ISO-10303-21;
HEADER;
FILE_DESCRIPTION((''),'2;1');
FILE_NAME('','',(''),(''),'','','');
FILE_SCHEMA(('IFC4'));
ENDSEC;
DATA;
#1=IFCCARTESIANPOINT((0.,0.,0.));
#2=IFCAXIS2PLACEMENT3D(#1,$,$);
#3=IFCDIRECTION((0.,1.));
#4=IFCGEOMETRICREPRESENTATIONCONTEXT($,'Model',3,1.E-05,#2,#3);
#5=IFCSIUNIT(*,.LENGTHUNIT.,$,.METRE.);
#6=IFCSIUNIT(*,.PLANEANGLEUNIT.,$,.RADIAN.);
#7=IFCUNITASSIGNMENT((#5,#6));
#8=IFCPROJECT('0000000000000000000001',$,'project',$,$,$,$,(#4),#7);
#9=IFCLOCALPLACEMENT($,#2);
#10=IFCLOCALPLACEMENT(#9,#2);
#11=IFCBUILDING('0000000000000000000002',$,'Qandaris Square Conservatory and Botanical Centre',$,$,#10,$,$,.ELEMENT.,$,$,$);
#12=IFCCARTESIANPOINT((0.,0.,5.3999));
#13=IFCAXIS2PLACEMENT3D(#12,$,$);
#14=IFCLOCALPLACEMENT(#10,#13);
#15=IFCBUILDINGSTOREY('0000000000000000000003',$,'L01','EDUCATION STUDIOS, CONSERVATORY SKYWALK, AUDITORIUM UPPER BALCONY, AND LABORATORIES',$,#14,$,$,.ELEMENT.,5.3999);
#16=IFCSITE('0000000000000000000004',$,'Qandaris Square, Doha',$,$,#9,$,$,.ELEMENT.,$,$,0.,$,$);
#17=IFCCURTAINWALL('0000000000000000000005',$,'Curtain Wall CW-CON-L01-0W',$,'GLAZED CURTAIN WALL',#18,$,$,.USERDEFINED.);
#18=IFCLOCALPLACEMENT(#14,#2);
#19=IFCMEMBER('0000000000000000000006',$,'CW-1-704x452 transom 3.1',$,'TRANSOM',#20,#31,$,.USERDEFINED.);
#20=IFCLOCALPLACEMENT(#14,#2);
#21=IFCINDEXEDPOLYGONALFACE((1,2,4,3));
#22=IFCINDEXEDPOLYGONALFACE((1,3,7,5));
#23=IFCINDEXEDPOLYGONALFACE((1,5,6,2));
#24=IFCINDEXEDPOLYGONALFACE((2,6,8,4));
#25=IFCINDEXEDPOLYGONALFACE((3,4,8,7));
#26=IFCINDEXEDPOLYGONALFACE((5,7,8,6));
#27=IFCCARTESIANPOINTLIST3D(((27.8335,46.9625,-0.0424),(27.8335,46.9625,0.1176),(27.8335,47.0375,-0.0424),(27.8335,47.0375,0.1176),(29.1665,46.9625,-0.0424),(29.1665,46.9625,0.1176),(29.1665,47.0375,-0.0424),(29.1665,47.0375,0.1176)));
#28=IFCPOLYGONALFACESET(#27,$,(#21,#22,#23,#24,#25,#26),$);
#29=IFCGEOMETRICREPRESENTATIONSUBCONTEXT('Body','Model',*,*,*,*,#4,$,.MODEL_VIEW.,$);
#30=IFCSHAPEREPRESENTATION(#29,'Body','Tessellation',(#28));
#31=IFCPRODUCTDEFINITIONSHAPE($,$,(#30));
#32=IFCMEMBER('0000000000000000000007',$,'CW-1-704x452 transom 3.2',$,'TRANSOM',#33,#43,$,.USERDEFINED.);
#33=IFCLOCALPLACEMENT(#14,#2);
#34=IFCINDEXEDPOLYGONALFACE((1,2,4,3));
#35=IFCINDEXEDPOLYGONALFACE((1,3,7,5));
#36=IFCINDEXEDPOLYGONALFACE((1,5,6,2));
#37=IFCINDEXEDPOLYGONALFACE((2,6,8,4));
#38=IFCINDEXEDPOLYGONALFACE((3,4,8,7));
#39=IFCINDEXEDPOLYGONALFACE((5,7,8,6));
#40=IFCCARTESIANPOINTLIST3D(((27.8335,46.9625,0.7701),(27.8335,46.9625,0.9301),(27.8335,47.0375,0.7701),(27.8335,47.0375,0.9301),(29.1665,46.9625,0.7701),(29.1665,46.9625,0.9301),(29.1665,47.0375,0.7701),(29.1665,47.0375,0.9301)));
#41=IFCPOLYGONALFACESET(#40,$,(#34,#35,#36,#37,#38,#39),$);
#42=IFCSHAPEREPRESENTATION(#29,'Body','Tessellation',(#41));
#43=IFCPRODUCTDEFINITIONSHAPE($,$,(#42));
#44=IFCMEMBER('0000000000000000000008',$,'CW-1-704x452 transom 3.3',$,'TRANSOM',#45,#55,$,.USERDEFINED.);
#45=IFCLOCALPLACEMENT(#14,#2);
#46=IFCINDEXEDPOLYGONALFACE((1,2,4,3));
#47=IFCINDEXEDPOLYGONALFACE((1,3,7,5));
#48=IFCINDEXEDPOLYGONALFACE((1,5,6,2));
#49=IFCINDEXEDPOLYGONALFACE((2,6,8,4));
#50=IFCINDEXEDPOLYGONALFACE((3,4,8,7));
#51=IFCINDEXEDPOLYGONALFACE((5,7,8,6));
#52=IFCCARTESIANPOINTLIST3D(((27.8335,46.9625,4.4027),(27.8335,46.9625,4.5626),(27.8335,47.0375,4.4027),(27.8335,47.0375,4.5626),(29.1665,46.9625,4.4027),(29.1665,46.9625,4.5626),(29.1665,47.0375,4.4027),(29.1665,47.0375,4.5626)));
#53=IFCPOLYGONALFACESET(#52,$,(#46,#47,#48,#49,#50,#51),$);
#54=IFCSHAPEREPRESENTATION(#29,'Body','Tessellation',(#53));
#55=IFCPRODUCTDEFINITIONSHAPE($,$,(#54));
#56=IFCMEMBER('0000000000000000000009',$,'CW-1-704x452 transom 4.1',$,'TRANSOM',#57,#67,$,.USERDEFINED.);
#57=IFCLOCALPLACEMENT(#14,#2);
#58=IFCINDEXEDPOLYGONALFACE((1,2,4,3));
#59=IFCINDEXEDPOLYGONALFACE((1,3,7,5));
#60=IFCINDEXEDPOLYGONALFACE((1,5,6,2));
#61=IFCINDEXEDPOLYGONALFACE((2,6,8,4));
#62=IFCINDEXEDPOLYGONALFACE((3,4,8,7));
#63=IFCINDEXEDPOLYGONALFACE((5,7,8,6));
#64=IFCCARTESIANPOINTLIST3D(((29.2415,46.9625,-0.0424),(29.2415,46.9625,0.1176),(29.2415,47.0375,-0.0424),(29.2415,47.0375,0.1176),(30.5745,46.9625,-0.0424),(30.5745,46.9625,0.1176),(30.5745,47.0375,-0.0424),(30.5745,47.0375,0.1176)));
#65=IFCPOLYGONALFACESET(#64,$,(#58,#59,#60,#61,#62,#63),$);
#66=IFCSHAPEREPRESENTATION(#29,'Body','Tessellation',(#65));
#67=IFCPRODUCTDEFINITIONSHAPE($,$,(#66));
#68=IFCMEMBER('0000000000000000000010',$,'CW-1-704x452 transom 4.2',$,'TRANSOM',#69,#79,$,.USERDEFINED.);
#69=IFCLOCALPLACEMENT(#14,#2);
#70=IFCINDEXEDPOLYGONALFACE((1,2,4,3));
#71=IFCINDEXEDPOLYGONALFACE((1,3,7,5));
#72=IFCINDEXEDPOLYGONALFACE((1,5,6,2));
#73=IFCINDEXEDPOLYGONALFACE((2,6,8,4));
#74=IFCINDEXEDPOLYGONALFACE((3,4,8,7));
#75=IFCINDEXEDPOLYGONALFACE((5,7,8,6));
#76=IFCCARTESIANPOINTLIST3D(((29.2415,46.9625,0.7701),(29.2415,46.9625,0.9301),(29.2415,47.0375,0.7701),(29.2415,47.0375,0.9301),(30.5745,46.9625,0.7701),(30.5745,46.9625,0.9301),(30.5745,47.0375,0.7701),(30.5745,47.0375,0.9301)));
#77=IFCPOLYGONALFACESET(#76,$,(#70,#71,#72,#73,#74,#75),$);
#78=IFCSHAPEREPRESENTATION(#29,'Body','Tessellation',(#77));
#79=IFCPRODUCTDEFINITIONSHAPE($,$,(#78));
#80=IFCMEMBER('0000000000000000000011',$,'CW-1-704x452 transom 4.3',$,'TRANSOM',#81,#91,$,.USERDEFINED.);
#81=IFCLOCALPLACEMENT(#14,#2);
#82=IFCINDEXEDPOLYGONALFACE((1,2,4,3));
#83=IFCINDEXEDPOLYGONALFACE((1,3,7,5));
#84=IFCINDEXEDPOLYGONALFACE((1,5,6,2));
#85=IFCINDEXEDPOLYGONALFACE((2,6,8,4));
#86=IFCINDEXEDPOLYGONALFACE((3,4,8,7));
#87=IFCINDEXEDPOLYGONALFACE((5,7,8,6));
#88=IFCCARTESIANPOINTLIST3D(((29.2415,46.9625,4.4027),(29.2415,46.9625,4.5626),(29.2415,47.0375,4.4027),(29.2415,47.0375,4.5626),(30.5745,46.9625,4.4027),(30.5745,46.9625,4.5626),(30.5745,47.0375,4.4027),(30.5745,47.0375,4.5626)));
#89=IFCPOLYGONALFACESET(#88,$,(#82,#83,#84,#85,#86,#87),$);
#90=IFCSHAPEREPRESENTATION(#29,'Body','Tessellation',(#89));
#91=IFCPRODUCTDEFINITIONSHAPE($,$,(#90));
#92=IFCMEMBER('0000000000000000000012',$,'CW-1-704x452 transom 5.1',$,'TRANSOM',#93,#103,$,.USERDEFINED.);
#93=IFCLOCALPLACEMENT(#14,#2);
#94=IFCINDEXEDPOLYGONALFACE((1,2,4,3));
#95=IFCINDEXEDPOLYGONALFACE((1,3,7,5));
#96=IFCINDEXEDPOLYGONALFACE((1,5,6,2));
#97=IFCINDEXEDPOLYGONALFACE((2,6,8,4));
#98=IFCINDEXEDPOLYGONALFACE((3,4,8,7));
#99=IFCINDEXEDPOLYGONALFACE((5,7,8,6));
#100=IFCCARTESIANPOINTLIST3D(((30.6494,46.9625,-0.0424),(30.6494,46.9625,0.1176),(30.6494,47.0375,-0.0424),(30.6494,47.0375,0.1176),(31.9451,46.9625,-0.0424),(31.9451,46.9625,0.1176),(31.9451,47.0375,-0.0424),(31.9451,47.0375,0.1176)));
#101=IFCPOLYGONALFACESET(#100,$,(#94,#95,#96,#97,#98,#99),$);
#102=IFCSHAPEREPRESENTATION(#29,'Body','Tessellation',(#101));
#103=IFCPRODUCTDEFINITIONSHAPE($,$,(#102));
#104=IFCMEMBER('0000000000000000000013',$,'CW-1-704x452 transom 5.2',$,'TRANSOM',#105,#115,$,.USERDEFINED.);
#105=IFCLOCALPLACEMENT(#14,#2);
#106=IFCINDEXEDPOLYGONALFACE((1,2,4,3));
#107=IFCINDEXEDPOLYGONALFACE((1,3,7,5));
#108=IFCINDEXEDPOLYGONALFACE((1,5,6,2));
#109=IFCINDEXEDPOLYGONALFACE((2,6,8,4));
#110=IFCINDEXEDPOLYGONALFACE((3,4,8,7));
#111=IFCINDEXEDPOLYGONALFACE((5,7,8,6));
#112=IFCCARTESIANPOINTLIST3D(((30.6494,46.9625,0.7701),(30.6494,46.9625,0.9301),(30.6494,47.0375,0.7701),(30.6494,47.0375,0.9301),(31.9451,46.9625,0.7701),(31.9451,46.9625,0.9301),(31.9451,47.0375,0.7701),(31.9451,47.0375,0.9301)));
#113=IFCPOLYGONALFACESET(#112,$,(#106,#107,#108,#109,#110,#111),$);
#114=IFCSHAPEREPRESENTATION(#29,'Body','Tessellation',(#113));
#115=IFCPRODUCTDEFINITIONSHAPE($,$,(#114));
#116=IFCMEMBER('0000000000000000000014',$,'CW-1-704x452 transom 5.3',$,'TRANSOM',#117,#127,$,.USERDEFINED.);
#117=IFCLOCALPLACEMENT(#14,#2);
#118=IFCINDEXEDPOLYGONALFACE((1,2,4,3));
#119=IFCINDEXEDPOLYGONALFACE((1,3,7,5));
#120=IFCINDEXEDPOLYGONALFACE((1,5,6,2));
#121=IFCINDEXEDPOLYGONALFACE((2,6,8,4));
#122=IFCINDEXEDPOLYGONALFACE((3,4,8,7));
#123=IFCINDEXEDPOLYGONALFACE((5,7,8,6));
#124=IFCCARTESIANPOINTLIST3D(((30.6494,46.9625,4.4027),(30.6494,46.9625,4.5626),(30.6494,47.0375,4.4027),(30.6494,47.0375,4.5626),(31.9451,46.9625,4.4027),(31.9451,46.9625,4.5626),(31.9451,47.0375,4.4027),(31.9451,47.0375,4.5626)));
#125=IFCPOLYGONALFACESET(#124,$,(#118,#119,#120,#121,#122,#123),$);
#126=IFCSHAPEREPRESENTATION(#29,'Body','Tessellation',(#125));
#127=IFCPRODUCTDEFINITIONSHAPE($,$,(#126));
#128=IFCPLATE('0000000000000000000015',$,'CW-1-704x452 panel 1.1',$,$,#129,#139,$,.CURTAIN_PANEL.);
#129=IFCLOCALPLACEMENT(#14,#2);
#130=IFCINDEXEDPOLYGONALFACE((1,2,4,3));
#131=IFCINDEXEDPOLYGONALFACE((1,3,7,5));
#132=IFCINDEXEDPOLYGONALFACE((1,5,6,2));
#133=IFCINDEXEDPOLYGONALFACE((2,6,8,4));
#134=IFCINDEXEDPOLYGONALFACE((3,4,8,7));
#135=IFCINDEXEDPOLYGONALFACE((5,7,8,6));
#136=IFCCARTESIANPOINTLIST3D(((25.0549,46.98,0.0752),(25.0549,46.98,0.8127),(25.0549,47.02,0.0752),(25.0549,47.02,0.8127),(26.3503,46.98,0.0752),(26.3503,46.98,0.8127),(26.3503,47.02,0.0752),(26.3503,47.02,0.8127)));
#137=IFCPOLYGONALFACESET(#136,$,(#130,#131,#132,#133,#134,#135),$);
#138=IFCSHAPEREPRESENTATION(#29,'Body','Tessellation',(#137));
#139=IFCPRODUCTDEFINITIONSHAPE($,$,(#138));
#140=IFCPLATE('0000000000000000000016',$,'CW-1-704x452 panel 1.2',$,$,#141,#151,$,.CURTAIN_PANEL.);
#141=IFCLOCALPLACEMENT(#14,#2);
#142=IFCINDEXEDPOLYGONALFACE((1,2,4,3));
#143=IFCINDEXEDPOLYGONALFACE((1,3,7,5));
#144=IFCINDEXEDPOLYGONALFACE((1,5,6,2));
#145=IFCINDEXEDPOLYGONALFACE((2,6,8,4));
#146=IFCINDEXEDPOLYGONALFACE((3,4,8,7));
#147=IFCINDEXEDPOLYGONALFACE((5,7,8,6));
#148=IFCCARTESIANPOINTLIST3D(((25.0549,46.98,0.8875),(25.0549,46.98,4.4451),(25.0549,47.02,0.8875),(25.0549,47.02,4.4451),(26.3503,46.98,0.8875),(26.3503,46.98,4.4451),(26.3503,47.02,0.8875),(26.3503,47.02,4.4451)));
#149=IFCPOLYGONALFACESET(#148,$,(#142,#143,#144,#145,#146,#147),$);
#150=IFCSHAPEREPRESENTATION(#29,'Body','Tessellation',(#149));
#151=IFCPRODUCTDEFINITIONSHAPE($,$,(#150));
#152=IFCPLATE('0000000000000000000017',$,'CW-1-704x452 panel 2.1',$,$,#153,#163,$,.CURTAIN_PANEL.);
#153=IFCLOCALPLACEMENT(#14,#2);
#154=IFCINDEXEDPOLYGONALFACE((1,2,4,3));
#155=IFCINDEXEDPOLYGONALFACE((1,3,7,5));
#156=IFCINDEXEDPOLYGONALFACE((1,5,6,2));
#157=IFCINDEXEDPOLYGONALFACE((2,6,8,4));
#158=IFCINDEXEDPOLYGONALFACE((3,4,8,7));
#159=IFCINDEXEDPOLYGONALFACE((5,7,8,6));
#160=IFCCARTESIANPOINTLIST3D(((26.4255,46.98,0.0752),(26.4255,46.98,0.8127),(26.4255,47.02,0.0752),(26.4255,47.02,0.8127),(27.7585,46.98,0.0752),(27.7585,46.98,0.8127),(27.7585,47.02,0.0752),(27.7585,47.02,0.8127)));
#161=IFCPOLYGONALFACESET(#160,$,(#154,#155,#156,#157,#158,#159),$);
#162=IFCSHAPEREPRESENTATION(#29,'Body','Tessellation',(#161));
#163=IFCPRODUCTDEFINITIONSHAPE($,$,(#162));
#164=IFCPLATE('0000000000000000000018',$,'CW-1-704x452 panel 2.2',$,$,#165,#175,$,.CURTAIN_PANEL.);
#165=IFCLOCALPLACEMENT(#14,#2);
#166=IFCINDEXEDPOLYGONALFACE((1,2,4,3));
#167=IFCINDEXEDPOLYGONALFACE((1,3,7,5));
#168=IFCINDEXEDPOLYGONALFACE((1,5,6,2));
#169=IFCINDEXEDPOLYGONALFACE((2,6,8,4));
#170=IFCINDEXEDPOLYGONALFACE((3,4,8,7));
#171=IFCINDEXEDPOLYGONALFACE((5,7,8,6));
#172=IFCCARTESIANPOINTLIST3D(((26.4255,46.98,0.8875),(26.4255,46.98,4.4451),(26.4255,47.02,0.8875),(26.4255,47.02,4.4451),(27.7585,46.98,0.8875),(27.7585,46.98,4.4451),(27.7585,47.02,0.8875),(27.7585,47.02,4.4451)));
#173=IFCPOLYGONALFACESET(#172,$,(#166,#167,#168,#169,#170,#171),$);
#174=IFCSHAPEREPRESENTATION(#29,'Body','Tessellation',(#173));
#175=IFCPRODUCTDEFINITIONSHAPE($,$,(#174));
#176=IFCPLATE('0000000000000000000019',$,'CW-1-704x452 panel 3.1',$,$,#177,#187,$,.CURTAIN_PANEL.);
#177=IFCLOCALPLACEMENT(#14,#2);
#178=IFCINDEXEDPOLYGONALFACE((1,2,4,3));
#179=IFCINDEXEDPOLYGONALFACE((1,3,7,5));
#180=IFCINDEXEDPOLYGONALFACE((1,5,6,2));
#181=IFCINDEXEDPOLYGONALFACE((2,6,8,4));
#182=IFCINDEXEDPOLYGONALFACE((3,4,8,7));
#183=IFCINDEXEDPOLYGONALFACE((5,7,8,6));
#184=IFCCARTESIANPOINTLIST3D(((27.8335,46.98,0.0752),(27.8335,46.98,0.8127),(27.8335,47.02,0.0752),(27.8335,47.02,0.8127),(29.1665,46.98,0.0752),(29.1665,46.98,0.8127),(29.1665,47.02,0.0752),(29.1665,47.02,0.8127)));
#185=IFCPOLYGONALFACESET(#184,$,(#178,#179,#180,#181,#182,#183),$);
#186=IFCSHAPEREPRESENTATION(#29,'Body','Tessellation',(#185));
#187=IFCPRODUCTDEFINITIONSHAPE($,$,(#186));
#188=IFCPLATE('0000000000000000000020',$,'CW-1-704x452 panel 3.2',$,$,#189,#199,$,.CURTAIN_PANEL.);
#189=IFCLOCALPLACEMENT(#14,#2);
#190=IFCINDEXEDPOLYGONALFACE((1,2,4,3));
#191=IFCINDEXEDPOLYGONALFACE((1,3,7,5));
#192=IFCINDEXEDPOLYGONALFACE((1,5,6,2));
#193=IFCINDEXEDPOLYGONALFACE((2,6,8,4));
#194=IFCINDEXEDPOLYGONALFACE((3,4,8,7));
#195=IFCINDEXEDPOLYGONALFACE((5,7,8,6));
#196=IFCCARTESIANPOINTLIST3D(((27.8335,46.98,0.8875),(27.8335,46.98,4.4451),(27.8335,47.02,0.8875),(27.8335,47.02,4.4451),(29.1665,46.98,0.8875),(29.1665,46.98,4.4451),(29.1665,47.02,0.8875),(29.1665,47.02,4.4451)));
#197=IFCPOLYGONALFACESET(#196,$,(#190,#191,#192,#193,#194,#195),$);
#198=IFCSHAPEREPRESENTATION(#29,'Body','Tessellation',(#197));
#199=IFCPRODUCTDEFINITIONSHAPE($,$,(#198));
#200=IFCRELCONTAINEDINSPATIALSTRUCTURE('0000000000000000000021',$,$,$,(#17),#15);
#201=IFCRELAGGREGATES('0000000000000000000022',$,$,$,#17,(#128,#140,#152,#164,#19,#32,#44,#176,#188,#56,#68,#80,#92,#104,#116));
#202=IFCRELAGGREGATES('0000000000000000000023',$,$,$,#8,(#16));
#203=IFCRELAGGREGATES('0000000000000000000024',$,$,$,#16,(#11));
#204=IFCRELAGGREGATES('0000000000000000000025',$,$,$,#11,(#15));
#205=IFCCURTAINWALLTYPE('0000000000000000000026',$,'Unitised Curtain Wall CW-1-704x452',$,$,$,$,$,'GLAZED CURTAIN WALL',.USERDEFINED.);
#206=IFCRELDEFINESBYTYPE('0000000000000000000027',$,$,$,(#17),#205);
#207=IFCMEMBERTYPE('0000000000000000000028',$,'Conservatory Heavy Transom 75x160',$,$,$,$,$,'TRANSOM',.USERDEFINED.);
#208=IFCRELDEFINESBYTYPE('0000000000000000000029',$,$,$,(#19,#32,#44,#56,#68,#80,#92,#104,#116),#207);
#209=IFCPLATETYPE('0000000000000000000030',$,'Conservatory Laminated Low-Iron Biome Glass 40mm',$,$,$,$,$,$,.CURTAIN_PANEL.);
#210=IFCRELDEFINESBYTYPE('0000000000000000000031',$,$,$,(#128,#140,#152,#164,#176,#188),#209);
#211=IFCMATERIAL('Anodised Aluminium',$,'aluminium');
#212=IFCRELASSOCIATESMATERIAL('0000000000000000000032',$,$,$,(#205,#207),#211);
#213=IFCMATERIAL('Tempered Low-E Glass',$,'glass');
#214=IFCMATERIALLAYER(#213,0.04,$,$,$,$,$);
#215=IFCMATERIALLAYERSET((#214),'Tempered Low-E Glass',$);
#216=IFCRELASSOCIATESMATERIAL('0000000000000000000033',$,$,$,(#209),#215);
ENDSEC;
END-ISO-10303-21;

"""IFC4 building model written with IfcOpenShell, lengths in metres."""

from ifc_helpers import new_model, si_unit, direction, frame, origin, origin_2d, place, context, subcontext, project, spatial, rectangle, extrude, material, layer, layer_set, material_profile, profile_set, type_object, element, aggregate, save


model = new_model("IFC4")

# Units and contexts
model_context = context("Model", 3, precision=1e-05, world=origin(), true_north=direction((0.0, 1.0)))
body_context = subcontext(model_context, "Body", "Model", "MODEL_VIEW")
ifc_project = project(units=[si_unit("LENGTHUNIT", "METRE"), si_unit("PLANEANGLEUNIT", "RADIAN")], contexts=[model_context])

# Site, building, storey
site_placement = place(None, origin())
site = spatial("IfcSite", under=ifc_project, at=site_placement, Name="Qandaris Square, Doha", CompositionType="ELEMENT", RefElevation=0.0)
building_placement = place(site_placement, origin())
building = spatial("IfcBuilding", under=site, at=building_placement, Name="Qandaris Square Conservatory and Botanical Centre", CompositionType="ELEMENT")
storey_placement = place(building_placement, frame((0.0, 0.0, 5.3999)))
storey = spatial("IfcBuildingStorey", under=building, at=storey_placement, Name="L01", Description="EDUCATION STUDIOS, CONSERVATORY SKYWALK, AUDITORIUM UPPER BALCONY, AND LABORATORIES", CompositionType="ELEMENT", Elevation=5.3999)

# Curtain wall, members, plates
ifc_material_1 = material(Name="Anodised Aluminium", Category="aluminium")
curtain_wall_type = type_object("IfcCurtainWallType", Name="Unitised Curtain Wall CW-1-704x452", ElementType="GLAZED CURTAIN WALL", PredefinedType="USERDEFINED", material=ifc_material_1)
curtain_wall_placement = place(storey_placement, origin())
curtain_wall = element("IfcCurtainWall", 1, at=curtain_wall_placement, inside=storey, type_object=curtain_wall_type, Name="Curtain Wall CW-CON-L01-0W", ObjectType="GLAZED CURTAIN WALL", PredefinedType="USERDEFINED")
ifc_material_profile_1 = material_profile(ifc_material_1, rectangle(XDim=0.075, YDim=0.1599, at=origin_2d()), Name="ALU-TRN 75x160")
ifc_profile_set_1 = profile_set([ifc_material_profile_1], Name="Anodised Aluminium")
member_type_1 = type_object("IfcMemberType", Name="Conservatory Heavy Transom 75x160", ElementType="TRANSOM", PredefinedType="USERDEFINED", material=ifc_profile_set_1)
member_1_placement = place(storey_placement, frame((27.8335, 47.0, 0.0376), z_axis=(1.0, 0.0, 0.0), x_axis=(0.0, 1.0, 0.0)))
member_1 = element("IfcMember", 2, at=member_1_placement, type_object=member_type_1, Name="CW-1-704x452 transom 3.1", ObjectType="TRANSOM", PredefinedType="USERDEFINED", context=body_context, shape_type="SweptSolid", body=[
    extrude(rectangle(XDim=0.075, YDim=0.1599, at=origin_2d()), origin(), (0.0, 0.0, 1.0), 1.333),
])
member_2_placement = place(storey_placement, frame((27.8335, 47.0, 0.8501), z_axis=(1.0, 0.0, 0.0), x_axis=(0.0, 1.0, 0.0)))
member_2 = element("IfcMember", 3, at=member_2_placement, type_object=member_type_1, Name="CW-1-704x452 transom 3.2", ObjectType="TRANSOM", PredefinedType="USERDEFINED", context=body_context, shape_type="SweptSolid", body=[
    extrude(rectangle(XDim=0.075, YDim=0.1599, at=origin_2d()), origin(), (0.0, 0.0, 1.0), 1.333),
])
member_3_placement = place(storey_placement, frame((27.8335, 47.0, 4.4827), z_axis=(1.0, 0.0, 0.0), x_axis=(0.0, 1.0, 0.0)))
member_3 = element("IfcMember", 4, at=member_3_placement, type_object=member_type_1, Name="CW-1-704x452 transom 3.3", ObjectType="TRANSOM", PredefinedType="USERDEFINED", context=body_context, shape_type="SweptSolid", body=[
    extrude(rectangle(XDim=0.075, YDim=0.1599, at=origin_2d()), origin(), (0.0, 0.0, 1.0), 1.333),
])
member_4_placement = place(storey_placement, frame((29.2415, 47.0, 0.0376), z_axis=(1.0, 0.0, 0.0), x_axis=(0.0, 1.0, 0.0)))
member_4 = element("IfcMember", 5, at=member_4_placement, type_object=member_type_1, Name="CW-1-704x452 transom 4.1", ObjectType="TRANSOM", PredefinedType="USERDEFINED", context=body_context, shape_type="SweptSolid", body=[
    extrude(rectangle(XDim=0.075, YDim=0.1599, at=origin_2d()), origin(), (0.0, 0.0, 1.0), 1.333),
])
member_5_placement = place(storey_placement, frame((29.2415, 47.0, 0.8501), z_axis=(1.0, 0.0, 0.0), x_axis=(0.0, 1.0, 0.0)))
member_5 = element("IfcMember", 6, at=member_5_placement, type_object=member_type_1, Name="CW-1-704x452 transom 4.2", ObjectType="TRANSOM", PredefinedType="USERDEFINED", context=body_context, shape_type="SweptSolid", body=[
    extrude(rectangle(XDim=0.075, YDim=0.1599, at=origin_2d()), origin(), (0.0, 0.0, 1.0), 1.333),
])
member_6_placement = place(storey_placement, frame((29.2415, 47.0, 4.4827), z_axis=(1.0, 0.0, 0.0), x_axis=(0.0, 1.0, 0.0)))
member_6 = element("IfcMember", 7, at=member_6_placement, type_object=member_type_1, Name="CW-1-704x452 transom 4.3", ObjectType="TRANSOM", PredefinedType="USERDEFINED", context=body_context, shape_type="SweptSolid", body=[
    extrude(rectangle(XDim=0.075, YDim=0.1599, at=origin_2d()), origin(), (0.0, 0.0, 1.0), 1.333),
])
member_7_placement = place(storey_placement, frame((30.6494, 47.0, 0.0376), z_axis=(1.0, 0.0, 0.0), x_axis=(0.0, 1.0, 0.0)))
member_7 = element("IfcMember", 8, at=member_7_placement, type_object=member_type_1, Name="CW-1-704x452 transom 5.1", ObjectType="TRANSOM", PredefinedType="USERDEFINED", context=body_context, shape_type="SweptSolid", body=[
    extrude(rectangle(XDim=0.075, YDim=0.1599, at=origin_2d()), origin(), (0.0, 0.0, 1.0), 1.2957),
])
member_8_placement = place(storey_placement, frame((30.6494, 47.0, 0.8501), z_axis=(1.0, 0.0, 0.0), x_axis=(0.0, 1.0, 0.0)))
member_8 = element("IfcMember", 9, at=member_8_placement, type_object=member_type_1, Name="CW-1-704x452 transom 5.2", ObjectType="TRANSOM", PredefinedType="USERDEFINED", context=body_context, shape_type="SweptSolid", body=[
    extrude(rectangle(XDim=0.075, YDim=0.1599, at=origin_2d()), origin(), (0.0, 0.0, 1.0), 1.2957),
])
member_9_placement = place(storey_placement, frame((30.6494, 47.0, 4.4827), z_axis=(1.0, 0.0, 0.0), x_axis=(0.0, 1.0, 0.0)))
member_9 = element("IfcMember", 10, at=member_9_placement, type_object=member_type_1, Name="CW-1-704x452 transom 5.3", ObjectType="TRANSOM", PredefinedType="USERDEFINED", context=body_context, shape_type="SweptSolid", body=[
    extrude(rectangle(XDim=0.075, YDim=0.1599, at=origin_2d()), origin(), (0.0, 0.0, 1.0), 1.2957),
])
ifc_material_2 = material(Name="Tempered Low-E Glass", Category="glass")
ifc_layer = layer(ifc_material_2, 0.04)
ifc_layer_set = layer_set([ifc_layer], Name="Tempered Low-E Glass")
plate_type = type_object("IfcPlateType", Name="Conservatory Laminated Low-Iron Biome Glass 40mm", PredefinedType="CURTAIN_PANEL", material=ifc_layer_set)
plate_1_placement = place(storey_placement, frame((25.7026, 47.0, 0.0752), z_axis=(0.0, 0.0, 1.0), x_axis=(1.0, 0.0, 0.0)))
plate_1 = element("IfcPlate", 11, at=plate_1_placement, type_object=plate_type, Name="CW-1-704x452 panel 1.1", PredefinedType="CURTAIN_PANEL", context=body_context, shape_type="SweptSolid", body=[
    extrude(rectangle(XDim=1.2954, YDim=0.04, at=origin_2d()), origin(), (0.0, 0.0, 1.0), 0.7375),
])
plate_2_placement = place(storey_placement, frame((25.7026, 47.0, 0.8875), z_axis=(0.0, 0.0, 1.0), x_axis=(1.0, 0.0, 0.0)))
plate_2 = element("IfcPlate", 12, at=plate_2_placement, type_object=plate_type, Name="CW-1-704x452 panel 1.2", PredefinedType="CURTAIN_PANEL", context=body_context, shape_type="SweptSolid", body=[
    extrude(rectangle(XDim=1.2954, YDim=0.04, at=origin_2d()), origin(), (0.0, 0.0, 1.0), 3.5576),
])
plate_3_placement = place(storey_placement, frame((27.092, 47.0, 0.0752), z_axis=(0.0, 0.0, 1.0), x_axis=(1.0, 0.0, 0.0)))
plate_3 = element("IfcPlate", 13, at=plate_3_placement, type_object=plate_type, Name="CW-1-704x452 panel 2.1", PredefinedType="CURTAIN_PANEL", context=body_context, shape_type="SweptSolid", body=[
    extrude(rectangle(XDim=1.333, YDim=0.04, at=origin_2d()), origin(), (0.0, 0.0, 1.0), 0.7375),
])
plate_4_placement = place(storey_placement, frame((27.092, 47.0, 0.8875), z_axis=(0.0, 0.0, 1.0), x_axis=(1.0, 0.0, 0.0)))
plate_4 = element("IfcPlate", 14, at=plate_4_placement, type_object=plate_type, Name="CW-1-704x452 panel 2.2", PredefinedType="CURTAIN_PANEL", context=body_context, shape_type="SweptSolid", body=[
    extrude(rectangle(XDim=1.333, YDim=0.04, at=origin_2d()), origin(), (0.0, 0.0, 1.0), 3.5576),
])
plate_5_placement = place(storey_placement, frame((28.5, 47.0, 0.0752), z_axis=(0.0, 0.0, 1.0), x_axis=(1.0, 0.0, 0.0)))
plate_5 = element("IfcPlate", 15, at=plate_5_placement, type_object=plate_type, Name="CW-1-704x452 panel 3.1", PredefinedType="CURTAIN_PANEL", context=body_context, shape_type="SweptSolid", body=[
    extrude(rectangle(XDim=1.333, YDim=0.04, at=origin_2d()), origin(), (0.0, 0.0, 1.0), 0.7375),
])
plate_6_placement = place(storey_placement, frame((28.5, 47.0, 0.8875), z_axis=(0.0, 0.0, 1.0), x_axis=(1.0, 0.0, 0.0)))
plate_6 = element("IfcPlate", 16, at=plate_6_placement, type_object=plate_type, Name="CW-1-704x452 panel 3.2", PredefinedType="CURTAIN_PANEL", context=body_context, shape_type="SweptSolid", body=[
    extrude(rectangle(XDim=1.333, YDim=0.04, at=origin_2d()), origin(), (0.0, 0.0, 1.0), 3.5576),
])
aggregate(curtain_wall, [plate_1, plate_2, plate_3, plate_4, member_1, member_2, member_3, plate_5, plate_6, member_4, member_5, member_6, member_7, member_8, member_9])

save(model, "model.ifc")
